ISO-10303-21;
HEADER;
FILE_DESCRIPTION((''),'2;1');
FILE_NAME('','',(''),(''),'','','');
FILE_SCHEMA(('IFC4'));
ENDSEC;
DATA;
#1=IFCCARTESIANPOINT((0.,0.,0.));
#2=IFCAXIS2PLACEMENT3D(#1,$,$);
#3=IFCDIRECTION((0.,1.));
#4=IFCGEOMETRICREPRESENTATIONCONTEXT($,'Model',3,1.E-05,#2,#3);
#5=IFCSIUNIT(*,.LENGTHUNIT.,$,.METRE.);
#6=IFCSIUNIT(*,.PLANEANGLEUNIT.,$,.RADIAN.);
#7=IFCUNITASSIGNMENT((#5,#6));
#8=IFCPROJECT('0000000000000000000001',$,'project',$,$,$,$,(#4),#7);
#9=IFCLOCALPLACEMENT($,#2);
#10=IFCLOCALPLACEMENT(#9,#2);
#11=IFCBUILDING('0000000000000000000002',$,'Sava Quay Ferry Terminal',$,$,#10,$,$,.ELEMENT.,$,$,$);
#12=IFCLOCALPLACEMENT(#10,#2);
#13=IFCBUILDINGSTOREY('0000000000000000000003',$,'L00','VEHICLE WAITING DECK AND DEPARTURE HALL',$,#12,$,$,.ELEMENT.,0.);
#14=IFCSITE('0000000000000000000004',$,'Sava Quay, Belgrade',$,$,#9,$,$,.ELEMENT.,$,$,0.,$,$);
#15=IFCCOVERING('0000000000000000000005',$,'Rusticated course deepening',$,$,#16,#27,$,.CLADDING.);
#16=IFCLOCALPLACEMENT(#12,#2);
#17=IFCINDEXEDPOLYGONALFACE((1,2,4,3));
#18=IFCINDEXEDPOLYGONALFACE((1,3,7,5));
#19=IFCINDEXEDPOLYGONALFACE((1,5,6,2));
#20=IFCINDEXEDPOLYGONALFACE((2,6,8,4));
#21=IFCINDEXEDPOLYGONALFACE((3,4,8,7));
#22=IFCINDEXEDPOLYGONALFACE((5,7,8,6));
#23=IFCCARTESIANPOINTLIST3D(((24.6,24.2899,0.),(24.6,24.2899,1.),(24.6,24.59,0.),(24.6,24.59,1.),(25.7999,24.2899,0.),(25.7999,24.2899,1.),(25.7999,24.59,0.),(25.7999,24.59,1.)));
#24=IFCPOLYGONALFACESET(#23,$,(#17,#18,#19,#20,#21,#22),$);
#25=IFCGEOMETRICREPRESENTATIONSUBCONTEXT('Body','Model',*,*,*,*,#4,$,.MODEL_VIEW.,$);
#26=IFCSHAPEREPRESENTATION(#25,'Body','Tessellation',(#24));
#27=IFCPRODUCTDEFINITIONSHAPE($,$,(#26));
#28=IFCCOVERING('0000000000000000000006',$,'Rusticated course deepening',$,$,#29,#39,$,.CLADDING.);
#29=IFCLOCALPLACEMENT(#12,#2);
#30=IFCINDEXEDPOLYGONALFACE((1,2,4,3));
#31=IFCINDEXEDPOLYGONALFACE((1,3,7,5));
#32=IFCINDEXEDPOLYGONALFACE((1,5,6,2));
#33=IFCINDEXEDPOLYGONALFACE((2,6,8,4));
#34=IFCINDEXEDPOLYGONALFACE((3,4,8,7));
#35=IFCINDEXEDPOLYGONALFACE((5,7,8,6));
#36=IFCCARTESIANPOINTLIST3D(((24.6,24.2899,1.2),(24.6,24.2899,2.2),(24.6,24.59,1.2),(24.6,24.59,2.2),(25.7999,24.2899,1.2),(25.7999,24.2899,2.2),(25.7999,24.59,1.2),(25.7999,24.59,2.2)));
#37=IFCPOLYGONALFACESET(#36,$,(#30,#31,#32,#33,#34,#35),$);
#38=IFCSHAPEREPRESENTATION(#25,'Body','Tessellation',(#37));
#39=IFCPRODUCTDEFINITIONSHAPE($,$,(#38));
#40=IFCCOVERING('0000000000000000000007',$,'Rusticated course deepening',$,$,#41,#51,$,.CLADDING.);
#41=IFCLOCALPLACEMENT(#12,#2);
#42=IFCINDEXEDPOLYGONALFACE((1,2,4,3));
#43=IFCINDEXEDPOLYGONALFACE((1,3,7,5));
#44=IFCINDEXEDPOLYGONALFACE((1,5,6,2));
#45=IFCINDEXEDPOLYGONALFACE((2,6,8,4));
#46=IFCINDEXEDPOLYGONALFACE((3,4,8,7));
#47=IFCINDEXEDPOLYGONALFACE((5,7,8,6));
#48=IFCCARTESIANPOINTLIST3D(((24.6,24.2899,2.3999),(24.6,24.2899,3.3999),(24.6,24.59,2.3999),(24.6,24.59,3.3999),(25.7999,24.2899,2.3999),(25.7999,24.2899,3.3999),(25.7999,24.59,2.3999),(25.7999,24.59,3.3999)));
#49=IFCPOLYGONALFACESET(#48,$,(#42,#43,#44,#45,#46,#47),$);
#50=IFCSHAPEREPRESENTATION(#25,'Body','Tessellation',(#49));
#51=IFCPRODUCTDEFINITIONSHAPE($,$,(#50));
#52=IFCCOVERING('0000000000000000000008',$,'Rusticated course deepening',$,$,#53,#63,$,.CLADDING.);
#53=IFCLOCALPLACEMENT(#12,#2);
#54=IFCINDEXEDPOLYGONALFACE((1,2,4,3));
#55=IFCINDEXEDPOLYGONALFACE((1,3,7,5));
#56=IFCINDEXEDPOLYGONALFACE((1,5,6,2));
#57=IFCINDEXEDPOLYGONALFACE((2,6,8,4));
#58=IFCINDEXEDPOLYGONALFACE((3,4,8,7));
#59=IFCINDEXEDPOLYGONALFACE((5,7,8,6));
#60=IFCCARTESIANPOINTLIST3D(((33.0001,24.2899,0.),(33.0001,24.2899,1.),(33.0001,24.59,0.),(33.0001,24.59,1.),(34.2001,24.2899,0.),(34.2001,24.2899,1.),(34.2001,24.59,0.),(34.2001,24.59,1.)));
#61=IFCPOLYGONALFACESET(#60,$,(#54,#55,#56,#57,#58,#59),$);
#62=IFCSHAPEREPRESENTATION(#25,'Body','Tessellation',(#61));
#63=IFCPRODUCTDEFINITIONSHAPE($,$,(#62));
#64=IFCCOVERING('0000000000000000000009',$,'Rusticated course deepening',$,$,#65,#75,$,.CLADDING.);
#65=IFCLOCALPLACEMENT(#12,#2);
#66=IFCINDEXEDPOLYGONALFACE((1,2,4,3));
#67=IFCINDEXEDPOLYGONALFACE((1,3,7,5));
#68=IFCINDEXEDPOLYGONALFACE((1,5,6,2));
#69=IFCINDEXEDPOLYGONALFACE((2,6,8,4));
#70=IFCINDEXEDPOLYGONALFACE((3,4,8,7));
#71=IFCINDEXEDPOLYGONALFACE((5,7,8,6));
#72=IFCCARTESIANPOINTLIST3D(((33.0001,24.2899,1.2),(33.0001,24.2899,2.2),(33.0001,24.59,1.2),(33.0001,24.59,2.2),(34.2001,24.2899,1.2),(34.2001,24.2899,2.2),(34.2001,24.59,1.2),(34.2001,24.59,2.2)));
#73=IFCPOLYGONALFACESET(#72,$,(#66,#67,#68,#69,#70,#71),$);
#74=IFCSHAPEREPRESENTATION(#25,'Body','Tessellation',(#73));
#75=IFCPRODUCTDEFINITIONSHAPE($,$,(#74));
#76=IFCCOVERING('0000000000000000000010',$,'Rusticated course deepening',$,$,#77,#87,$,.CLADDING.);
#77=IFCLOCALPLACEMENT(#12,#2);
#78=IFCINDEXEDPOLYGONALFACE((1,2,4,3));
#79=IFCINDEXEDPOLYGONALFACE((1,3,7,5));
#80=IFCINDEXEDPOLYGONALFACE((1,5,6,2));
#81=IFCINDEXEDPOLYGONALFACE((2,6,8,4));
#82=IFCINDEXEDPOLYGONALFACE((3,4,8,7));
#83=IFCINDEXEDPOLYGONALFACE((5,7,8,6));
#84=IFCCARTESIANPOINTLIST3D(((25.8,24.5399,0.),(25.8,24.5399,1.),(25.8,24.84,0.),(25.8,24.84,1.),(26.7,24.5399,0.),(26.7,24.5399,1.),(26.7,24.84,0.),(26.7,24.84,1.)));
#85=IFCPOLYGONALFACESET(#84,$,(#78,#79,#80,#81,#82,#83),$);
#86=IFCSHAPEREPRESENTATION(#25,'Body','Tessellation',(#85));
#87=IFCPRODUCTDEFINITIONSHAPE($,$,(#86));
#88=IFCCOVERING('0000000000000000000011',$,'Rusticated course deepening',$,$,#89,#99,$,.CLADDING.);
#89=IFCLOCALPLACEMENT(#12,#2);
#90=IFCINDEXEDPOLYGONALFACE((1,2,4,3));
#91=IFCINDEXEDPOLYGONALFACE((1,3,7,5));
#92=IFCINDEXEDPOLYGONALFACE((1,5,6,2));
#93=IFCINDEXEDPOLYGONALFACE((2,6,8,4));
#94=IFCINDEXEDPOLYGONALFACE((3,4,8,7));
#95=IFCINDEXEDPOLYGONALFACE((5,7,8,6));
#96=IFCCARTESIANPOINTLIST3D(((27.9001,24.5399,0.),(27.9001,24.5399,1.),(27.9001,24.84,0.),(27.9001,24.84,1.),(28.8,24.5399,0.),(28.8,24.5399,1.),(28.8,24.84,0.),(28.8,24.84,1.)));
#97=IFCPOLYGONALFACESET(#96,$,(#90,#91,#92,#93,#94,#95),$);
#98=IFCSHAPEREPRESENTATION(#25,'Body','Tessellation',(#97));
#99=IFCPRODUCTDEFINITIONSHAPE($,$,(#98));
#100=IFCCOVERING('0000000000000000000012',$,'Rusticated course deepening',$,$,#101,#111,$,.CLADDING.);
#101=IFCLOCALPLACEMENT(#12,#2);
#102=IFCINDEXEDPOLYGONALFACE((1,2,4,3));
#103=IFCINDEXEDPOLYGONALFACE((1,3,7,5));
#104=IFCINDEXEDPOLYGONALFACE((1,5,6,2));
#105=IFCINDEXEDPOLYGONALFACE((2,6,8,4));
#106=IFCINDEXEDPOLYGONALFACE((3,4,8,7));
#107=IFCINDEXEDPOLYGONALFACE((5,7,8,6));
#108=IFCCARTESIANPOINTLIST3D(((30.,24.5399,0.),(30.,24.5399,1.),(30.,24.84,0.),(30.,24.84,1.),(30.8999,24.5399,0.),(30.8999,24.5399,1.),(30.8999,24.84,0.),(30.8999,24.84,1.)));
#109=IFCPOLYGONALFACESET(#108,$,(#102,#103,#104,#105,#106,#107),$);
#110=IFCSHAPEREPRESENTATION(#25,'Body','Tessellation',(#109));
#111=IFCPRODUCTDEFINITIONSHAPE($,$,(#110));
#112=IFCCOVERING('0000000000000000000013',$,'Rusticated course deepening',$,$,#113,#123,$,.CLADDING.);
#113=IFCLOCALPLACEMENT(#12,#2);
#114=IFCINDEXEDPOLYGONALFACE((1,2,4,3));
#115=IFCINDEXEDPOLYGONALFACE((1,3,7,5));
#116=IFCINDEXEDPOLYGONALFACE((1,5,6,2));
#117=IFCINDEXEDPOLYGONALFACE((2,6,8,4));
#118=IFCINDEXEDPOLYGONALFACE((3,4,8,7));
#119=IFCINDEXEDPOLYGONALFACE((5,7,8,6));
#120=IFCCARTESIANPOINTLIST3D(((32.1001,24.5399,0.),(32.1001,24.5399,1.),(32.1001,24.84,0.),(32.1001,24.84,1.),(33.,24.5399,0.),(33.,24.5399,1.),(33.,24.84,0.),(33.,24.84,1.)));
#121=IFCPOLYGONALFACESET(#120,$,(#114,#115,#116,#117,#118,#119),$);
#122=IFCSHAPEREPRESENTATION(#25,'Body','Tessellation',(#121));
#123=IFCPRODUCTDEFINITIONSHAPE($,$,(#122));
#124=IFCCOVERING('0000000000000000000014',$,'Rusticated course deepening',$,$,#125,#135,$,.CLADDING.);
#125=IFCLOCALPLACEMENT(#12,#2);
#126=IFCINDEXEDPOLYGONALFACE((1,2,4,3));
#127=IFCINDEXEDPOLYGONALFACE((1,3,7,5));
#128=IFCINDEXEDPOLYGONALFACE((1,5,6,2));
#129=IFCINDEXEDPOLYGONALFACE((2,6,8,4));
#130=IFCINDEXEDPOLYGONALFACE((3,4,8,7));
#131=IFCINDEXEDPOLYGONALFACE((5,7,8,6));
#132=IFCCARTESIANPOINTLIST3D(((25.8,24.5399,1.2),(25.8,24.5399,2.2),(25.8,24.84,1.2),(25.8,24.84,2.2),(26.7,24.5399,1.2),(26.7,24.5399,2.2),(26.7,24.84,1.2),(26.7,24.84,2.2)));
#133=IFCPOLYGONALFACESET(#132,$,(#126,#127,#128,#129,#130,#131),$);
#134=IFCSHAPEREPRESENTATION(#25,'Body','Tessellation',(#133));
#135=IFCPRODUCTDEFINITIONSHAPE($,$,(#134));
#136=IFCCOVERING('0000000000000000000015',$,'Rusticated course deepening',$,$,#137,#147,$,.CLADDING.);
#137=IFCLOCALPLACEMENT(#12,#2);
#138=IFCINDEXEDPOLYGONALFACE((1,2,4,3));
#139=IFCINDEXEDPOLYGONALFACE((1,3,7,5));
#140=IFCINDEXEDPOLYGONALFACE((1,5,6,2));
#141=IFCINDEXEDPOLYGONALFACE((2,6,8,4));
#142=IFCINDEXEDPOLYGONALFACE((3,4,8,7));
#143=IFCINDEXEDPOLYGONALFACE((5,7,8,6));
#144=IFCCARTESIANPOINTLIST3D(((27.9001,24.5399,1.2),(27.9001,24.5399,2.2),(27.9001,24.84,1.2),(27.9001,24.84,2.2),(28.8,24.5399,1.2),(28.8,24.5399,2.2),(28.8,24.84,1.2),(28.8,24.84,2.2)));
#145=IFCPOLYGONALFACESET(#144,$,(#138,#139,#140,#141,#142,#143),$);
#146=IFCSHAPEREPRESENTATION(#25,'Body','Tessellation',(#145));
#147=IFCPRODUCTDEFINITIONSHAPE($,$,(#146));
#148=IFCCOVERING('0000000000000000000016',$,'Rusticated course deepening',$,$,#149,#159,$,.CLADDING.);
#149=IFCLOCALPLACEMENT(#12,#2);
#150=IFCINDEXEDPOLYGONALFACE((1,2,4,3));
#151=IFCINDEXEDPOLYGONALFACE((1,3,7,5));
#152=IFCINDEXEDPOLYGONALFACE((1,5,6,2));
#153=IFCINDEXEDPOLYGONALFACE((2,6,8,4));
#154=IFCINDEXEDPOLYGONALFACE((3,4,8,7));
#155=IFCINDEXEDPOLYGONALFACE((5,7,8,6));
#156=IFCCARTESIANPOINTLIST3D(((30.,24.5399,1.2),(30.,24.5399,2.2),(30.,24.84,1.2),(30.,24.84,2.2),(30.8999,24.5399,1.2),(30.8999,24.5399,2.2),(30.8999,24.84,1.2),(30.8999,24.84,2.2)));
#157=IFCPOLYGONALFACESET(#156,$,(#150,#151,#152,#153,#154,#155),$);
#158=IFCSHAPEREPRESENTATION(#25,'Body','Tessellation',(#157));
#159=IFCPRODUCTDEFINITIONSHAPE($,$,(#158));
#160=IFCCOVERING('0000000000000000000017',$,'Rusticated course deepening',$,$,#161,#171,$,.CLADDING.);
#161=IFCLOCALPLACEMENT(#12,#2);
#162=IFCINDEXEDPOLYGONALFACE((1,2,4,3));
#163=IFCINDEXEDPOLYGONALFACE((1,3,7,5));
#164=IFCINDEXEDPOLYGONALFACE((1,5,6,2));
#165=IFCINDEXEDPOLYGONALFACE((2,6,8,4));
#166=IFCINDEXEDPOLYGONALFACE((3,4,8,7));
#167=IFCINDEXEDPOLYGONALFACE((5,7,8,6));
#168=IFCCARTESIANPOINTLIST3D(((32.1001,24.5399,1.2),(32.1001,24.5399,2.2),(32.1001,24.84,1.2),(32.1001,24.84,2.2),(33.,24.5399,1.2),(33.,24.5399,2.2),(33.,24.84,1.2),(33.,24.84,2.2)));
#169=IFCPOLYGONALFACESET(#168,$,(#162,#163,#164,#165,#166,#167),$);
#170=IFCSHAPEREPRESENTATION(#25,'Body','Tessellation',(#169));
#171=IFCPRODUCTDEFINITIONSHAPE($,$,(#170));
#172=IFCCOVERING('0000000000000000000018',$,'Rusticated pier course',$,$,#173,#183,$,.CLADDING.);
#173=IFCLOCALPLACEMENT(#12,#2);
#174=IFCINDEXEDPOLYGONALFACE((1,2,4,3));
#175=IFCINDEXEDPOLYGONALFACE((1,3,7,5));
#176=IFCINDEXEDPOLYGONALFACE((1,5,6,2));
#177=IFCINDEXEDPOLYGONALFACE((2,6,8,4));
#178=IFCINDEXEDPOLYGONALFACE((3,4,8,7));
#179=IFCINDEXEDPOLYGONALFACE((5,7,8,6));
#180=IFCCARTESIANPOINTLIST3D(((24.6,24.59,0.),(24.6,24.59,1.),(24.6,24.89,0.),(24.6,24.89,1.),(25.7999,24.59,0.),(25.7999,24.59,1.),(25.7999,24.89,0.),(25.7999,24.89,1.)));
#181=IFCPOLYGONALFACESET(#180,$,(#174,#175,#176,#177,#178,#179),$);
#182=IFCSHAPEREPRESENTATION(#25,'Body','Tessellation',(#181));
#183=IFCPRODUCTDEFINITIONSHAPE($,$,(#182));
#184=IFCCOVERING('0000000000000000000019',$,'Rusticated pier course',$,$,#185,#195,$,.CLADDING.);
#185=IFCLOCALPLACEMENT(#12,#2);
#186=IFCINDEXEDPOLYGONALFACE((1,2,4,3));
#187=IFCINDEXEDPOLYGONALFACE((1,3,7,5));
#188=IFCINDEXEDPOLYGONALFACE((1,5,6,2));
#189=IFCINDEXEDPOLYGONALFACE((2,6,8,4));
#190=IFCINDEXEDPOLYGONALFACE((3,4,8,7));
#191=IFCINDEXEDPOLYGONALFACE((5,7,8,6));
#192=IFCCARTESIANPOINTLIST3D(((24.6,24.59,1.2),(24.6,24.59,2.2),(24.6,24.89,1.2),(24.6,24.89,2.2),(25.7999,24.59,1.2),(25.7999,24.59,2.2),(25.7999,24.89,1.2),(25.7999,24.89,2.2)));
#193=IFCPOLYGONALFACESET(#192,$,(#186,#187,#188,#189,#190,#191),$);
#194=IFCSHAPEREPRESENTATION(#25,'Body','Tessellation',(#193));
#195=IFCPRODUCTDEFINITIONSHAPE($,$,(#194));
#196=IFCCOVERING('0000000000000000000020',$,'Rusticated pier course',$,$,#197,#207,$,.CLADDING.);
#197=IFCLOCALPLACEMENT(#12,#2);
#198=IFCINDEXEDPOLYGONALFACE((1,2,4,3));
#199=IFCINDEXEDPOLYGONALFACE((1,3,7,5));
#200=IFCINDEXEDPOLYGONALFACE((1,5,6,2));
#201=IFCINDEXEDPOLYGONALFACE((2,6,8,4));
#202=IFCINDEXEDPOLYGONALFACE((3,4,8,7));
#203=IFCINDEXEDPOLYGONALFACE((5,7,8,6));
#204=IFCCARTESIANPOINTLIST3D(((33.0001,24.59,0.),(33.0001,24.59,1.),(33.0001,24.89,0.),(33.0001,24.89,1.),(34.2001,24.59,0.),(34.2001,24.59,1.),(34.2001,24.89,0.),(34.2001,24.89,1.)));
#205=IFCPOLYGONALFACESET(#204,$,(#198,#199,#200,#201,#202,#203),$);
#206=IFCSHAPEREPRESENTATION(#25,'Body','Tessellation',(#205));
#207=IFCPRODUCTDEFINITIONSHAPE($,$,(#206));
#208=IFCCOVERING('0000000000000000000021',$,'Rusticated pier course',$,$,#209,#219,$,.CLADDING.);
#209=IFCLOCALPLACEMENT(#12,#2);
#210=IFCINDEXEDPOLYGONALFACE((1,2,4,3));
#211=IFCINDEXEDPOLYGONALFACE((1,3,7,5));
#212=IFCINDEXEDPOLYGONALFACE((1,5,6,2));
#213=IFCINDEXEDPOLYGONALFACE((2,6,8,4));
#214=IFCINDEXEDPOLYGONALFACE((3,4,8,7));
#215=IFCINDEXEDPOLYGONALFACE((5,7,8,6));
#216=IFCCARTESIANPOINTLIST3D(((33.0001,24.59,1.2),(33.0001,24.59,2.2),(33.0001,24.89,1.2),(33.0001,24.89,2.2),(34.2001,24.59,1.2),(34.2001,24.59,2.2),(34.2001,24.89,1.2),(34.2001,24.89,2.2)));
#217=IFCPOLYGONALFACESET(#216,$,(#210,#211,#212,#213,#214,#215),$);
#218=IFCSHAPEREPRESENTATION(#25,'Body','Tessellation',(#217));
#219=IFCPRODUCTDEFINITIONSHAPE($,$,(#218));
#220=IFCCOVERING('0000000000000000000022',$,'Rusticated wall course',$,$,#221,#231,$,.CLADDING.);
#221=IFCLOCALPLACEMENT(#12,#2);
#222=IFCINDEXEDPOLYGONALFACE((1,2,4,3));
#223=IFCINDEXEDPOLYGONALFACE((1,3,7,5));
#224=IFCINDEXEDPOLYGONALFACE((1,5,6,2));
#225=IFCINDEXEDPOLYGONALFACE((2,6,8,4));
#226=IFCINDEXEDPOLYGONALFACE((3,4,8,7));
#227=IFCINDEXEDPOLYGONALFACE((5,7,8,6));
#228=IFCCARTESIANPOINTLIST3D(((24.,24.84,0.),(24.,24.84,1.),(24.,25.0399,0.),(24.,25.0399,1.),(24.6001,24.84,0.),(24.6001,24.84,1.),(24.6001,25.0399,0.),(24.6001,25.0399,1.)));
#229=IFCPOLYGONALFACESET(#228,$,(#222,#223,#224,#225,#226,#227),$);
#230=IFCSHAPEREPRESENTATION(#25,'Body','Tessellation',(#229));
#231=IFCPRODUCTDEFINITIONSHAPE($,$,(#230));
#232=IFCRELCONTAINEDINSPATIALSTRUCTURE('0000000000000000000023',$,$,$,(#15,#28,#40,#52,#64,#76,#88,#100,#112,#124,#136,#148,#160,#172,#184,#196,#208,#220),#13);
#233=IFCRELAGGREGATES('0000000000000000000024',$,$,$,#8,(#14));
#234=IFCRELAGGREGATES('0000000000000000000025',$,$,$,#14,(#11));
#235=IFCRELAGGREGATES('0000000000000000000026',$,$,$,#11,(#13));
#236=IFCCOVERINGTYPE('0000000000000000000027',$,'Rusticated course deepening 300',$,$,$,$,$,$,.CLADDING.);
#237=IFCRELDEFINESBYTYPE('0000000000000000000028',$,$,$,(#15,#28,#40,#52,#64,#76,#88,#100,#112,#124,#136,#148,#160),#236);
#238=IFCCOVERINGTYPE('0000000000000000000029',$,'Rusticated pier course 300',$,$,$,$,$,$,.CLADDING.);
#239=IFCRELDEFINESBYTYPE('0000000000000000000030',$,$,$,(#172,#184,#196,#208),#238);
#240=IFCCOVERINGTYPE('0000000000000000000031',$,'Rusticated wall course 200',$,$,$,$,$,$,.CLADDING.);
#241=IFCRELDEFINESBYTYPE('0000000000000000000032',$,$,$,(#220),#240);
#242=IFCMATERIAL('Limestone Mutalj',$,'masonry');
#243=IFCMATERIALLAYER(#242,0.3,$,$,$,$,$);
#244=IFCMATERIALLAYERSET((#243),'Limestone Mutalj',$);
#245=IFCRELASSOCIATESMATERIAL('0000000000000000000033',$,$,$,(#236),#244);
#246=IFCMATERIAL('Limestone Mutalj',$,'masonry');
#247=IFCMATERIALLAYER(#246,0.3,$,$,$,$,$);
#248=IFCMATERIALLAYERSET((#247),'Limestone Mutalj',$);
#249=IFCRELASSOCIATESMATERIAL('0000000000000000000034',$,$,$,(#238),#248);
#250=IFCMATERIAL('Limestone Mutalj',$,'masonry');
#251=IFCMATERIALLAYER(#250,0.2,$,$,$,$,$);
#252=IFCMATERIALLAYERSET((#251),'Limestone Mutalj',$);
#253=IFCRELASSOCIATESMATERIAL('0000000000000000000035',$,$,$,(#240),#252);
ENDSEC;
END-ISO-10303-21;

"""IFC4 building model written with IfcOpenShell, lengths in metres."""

from ifc_helpers import new_model, si_unit, direction, frame, origin, origin_2d, place, context, subcontext, project, spatial, rectangle, extrude, material, layer, layer_set, type_object, element, save


model = new_model("IFC4")

# Units and contexts
model_context = context("Model", 3, precision=1e-05, world=origin(), true_north=direction((0.0, 1.0)))
body_context = subcontext(model_context, "Body", "Model", "MODEL_VIEW")
ifc_project = project(units=[si_unit("LENGTHUNIT", "METRE"), si_unit("PLANEANGLEUNIT", "RADIAN")], contexts=[model_context])

# Site, building, storey
site_placement = place(None, origin())
site = spatial("IfcSite", under=ifc_project, at=site_placement, Name="Sava Quay, Belgrade", CompositionType="ELEMENT", RefElevation=0.0)
building_placement = place(site_placement, origin())
building = spatial("IfcBuilding", under=site, at=building_placement, Name="Sava Quay Ferry Terminal", CompositionType="ELEMENT")
storey_placement = place(building_placement, origin())
storey = spatial("IfcBuildingStorey", under=building, at=storey_placement, Name="L00", Description="VEHICLE WAITING DECK AND DEPARTURE HALL", CompositionType="ELEMENT", Elevation=0.0)

# Coverings
ifc_material_1 = material(Name="Limestone Mutalj", Category="masonry")
ifc_layer_1 = layer(ifc_material_1, 0.3)
ifc_layer_set_1 = layer_set([ifc_layer_1], Name="Limestone Mutalj")
covering_type_1 = type_object("IfcCoveringType", Name="Rusticated course deepening 300", PredefinedType="CLADDING", material=ifc_layer_set_1)
for number, where, z_axis, x_axis, name in (
    (1, (25.2, 24.4399, 0.0), (0.0, 0.0, 1.0), (1.0, 0.0, 0.0), "Rusticated course deepening"),
    (2, (25.2, 24.4399, 1.2), (0.0, 0.0, 1.0), (1.0, 0.0, 0.0), "Rusticated course deepening"),
    (3, (25.2, 24.4399, 2.3999), (0.0, 0.0, 1.0), (1.0, 0.0, 0.0), "Rusticated course deepening"),
    (4, (33.6001, 24.4399, 0.0), (0.0, 0.0, 1.0), (1.0, 0.0, 0.0), "Rusticated course deepening"),
    (5, (33.6001, 24.4399, 1.2), (0.0, 0.0, 1.0), (1.0, 0.0, 0.0), "Rusticated course deepening"),
):
    element("IfcCovering", number, at=place(storey_placement, frame(where, z_axis=z_axis, x_axis=x_axis)), inside=storey, type_object=covering_type_1, Name=name, PredefinedType="CLADDING", context=body_context, shape_type="SweptSolid", body=[
        extrude(rectangle(XDim=1.2, YDim=0.3, at=origin_2d()), origin(), (0.0, 0.0, 1.0), 1.0),
    ])
for number, where, z_axis, x_axis, name in (
    (6, (26.25, 24.6899, 0.0), (0.0, 0.0, 1.0), (1.0, 0.0, 0.0), "Rusticated course deepening"),
    (7, (28.3501, 24.6899, 0.0), (0.0, 0.0, 1.0), (1.0, 0.0, 0.0), "Rusticated course deepening"),
    (8, (30.45, 24.6899, 0.0), (0.0, 0.0, 1.0), (1.0, 0.0, 0.0), "Rusticated course deepening"),
    (9, (32.55, 24.6899, 0.0), (0.0, 0.0, 1.0), (1.0, 0.0, 0.0), "Rusticated course deepening"),
    (10, (26.25, 24.6899, 1.2), (0.0, 0.0, 1.0), (1.0, 0.0, 0.0), "Rusticated course deepening"),
    (11, (28.3501, 24.6899, 1.2), (0.0, 0.0, 1.0), (1.0, 0.0, 0.0), "Rusticated course deepening"),
    (12, (30.45, 24.6899, 1.2), (0.0, 0.0, 1.0), (1.0, 0.0, 0.0), "Rusticated course deepening"),
    (13, (32.55, 24.6899, 1.2), (0.0, 0.0, 1.0), (1.0, 0.0, 0.0), "Rusticated course deepening"),
):
    element("IfcCovering", number, at=place(storey_placement, frame(where, z_axis=z_axis, x_axis=x_axis)), inside=storey, type_object=covering_type_1, Name=name, PredefinedType="CLADDING", context=body_context, shape_type="SweptSolid", body=[
        extrude(rectangle(XDim=0.8999, YDim=0.3, at=origin_2d()), origin(), (0.0, 0.0, 1.0), 1.0),
    ])
ifc_material_2 = material(Name="Limestone Mutalj", Category="masonry")
ifc_layer_2 = layer(ifc_material_2, 0.3)
ifc_layer_set_2 = layer_set([ifc_layer_2], Name="Limestone Mutalj")
covering_type_2 = type_object("IfcCoveringType", Name="Rusticated pier course 300", PredefinedType="CLADDING", material=ifc_layer_set_2)
for number, where, z_axis, x_axis, name in (
    (14, (25.2, 24.74, 0.0), (0.0, 0.0, 1.0), (1.0, 0.0, 0.0), "Rusticated pier course"),
    (15, (25.2, 24.74, 1.2), (0.0, 0.0, 1.0), (1.0, 0.0, 0.0), "Rusticated pier course"),
    (16, (33.6001, 24.74, 0.0), (0.0, 0.0, 1.0), (1.0, 0.0, 0.0), "Rusticated pier course"),
    (17, (33.6001, 24.74, 1.2), (0.0, 0.0, 1.0), (1.0, 0.0, 0.0), "Rusticated pier course"),
):
    element("IfcCovering", number, at=place(storey_placement, frame(where, z_axis=z_axis, x_axis=x_axis)), inside=storey, type_object=covering_type_2, Name=name, PredefinedType="CLADDING", context=body_context, shape_type="SweptSolid", body=[
        extrude(rectangle(XDim=1.2, YDim=0.3, at=origin_2d()), origin(), (0.0, 0.0, 1.0), 1.0),
    ])
ifc_material_3 = material(Name="Limestone Mutalj", Category="masonry")
ifc_layer_3 = layer(ifc_material_3, 0.2)
ifc_layer_set_3 = layer_set([ifc_layer_3], Name="Limestone Mutalj")
covering_type_3 = type_object("IfcCoveringType", Name="Rusticated wall course 200", PredefinedType="CLADDING", material=ifc_layer_set_3)
for number, where, z_axis, x_axis, name in (
    (18, (24.3, 24.9399, 0.0), (0.0, 0.0, 1.0), (1.0, 0.0, 0.0), "Rusticated wall course"),
):
    element("IfcCovering", number, at=place(storey_placement, frame(where, z_axis=z_axis, x_axis=x_axis)), inside=storey, type_object=covering_type_3, Name=name, PredefinedType="CLADDING", context=body_context, shape_type="SweptSolid", body=[
        extrude(rectangle(XDim=0.6001, YDim=0.2, at=origin_2d()), origin(), (0.0, 0.0, 1.0), 1.0),
    ])

save(model, "model.ifc")
